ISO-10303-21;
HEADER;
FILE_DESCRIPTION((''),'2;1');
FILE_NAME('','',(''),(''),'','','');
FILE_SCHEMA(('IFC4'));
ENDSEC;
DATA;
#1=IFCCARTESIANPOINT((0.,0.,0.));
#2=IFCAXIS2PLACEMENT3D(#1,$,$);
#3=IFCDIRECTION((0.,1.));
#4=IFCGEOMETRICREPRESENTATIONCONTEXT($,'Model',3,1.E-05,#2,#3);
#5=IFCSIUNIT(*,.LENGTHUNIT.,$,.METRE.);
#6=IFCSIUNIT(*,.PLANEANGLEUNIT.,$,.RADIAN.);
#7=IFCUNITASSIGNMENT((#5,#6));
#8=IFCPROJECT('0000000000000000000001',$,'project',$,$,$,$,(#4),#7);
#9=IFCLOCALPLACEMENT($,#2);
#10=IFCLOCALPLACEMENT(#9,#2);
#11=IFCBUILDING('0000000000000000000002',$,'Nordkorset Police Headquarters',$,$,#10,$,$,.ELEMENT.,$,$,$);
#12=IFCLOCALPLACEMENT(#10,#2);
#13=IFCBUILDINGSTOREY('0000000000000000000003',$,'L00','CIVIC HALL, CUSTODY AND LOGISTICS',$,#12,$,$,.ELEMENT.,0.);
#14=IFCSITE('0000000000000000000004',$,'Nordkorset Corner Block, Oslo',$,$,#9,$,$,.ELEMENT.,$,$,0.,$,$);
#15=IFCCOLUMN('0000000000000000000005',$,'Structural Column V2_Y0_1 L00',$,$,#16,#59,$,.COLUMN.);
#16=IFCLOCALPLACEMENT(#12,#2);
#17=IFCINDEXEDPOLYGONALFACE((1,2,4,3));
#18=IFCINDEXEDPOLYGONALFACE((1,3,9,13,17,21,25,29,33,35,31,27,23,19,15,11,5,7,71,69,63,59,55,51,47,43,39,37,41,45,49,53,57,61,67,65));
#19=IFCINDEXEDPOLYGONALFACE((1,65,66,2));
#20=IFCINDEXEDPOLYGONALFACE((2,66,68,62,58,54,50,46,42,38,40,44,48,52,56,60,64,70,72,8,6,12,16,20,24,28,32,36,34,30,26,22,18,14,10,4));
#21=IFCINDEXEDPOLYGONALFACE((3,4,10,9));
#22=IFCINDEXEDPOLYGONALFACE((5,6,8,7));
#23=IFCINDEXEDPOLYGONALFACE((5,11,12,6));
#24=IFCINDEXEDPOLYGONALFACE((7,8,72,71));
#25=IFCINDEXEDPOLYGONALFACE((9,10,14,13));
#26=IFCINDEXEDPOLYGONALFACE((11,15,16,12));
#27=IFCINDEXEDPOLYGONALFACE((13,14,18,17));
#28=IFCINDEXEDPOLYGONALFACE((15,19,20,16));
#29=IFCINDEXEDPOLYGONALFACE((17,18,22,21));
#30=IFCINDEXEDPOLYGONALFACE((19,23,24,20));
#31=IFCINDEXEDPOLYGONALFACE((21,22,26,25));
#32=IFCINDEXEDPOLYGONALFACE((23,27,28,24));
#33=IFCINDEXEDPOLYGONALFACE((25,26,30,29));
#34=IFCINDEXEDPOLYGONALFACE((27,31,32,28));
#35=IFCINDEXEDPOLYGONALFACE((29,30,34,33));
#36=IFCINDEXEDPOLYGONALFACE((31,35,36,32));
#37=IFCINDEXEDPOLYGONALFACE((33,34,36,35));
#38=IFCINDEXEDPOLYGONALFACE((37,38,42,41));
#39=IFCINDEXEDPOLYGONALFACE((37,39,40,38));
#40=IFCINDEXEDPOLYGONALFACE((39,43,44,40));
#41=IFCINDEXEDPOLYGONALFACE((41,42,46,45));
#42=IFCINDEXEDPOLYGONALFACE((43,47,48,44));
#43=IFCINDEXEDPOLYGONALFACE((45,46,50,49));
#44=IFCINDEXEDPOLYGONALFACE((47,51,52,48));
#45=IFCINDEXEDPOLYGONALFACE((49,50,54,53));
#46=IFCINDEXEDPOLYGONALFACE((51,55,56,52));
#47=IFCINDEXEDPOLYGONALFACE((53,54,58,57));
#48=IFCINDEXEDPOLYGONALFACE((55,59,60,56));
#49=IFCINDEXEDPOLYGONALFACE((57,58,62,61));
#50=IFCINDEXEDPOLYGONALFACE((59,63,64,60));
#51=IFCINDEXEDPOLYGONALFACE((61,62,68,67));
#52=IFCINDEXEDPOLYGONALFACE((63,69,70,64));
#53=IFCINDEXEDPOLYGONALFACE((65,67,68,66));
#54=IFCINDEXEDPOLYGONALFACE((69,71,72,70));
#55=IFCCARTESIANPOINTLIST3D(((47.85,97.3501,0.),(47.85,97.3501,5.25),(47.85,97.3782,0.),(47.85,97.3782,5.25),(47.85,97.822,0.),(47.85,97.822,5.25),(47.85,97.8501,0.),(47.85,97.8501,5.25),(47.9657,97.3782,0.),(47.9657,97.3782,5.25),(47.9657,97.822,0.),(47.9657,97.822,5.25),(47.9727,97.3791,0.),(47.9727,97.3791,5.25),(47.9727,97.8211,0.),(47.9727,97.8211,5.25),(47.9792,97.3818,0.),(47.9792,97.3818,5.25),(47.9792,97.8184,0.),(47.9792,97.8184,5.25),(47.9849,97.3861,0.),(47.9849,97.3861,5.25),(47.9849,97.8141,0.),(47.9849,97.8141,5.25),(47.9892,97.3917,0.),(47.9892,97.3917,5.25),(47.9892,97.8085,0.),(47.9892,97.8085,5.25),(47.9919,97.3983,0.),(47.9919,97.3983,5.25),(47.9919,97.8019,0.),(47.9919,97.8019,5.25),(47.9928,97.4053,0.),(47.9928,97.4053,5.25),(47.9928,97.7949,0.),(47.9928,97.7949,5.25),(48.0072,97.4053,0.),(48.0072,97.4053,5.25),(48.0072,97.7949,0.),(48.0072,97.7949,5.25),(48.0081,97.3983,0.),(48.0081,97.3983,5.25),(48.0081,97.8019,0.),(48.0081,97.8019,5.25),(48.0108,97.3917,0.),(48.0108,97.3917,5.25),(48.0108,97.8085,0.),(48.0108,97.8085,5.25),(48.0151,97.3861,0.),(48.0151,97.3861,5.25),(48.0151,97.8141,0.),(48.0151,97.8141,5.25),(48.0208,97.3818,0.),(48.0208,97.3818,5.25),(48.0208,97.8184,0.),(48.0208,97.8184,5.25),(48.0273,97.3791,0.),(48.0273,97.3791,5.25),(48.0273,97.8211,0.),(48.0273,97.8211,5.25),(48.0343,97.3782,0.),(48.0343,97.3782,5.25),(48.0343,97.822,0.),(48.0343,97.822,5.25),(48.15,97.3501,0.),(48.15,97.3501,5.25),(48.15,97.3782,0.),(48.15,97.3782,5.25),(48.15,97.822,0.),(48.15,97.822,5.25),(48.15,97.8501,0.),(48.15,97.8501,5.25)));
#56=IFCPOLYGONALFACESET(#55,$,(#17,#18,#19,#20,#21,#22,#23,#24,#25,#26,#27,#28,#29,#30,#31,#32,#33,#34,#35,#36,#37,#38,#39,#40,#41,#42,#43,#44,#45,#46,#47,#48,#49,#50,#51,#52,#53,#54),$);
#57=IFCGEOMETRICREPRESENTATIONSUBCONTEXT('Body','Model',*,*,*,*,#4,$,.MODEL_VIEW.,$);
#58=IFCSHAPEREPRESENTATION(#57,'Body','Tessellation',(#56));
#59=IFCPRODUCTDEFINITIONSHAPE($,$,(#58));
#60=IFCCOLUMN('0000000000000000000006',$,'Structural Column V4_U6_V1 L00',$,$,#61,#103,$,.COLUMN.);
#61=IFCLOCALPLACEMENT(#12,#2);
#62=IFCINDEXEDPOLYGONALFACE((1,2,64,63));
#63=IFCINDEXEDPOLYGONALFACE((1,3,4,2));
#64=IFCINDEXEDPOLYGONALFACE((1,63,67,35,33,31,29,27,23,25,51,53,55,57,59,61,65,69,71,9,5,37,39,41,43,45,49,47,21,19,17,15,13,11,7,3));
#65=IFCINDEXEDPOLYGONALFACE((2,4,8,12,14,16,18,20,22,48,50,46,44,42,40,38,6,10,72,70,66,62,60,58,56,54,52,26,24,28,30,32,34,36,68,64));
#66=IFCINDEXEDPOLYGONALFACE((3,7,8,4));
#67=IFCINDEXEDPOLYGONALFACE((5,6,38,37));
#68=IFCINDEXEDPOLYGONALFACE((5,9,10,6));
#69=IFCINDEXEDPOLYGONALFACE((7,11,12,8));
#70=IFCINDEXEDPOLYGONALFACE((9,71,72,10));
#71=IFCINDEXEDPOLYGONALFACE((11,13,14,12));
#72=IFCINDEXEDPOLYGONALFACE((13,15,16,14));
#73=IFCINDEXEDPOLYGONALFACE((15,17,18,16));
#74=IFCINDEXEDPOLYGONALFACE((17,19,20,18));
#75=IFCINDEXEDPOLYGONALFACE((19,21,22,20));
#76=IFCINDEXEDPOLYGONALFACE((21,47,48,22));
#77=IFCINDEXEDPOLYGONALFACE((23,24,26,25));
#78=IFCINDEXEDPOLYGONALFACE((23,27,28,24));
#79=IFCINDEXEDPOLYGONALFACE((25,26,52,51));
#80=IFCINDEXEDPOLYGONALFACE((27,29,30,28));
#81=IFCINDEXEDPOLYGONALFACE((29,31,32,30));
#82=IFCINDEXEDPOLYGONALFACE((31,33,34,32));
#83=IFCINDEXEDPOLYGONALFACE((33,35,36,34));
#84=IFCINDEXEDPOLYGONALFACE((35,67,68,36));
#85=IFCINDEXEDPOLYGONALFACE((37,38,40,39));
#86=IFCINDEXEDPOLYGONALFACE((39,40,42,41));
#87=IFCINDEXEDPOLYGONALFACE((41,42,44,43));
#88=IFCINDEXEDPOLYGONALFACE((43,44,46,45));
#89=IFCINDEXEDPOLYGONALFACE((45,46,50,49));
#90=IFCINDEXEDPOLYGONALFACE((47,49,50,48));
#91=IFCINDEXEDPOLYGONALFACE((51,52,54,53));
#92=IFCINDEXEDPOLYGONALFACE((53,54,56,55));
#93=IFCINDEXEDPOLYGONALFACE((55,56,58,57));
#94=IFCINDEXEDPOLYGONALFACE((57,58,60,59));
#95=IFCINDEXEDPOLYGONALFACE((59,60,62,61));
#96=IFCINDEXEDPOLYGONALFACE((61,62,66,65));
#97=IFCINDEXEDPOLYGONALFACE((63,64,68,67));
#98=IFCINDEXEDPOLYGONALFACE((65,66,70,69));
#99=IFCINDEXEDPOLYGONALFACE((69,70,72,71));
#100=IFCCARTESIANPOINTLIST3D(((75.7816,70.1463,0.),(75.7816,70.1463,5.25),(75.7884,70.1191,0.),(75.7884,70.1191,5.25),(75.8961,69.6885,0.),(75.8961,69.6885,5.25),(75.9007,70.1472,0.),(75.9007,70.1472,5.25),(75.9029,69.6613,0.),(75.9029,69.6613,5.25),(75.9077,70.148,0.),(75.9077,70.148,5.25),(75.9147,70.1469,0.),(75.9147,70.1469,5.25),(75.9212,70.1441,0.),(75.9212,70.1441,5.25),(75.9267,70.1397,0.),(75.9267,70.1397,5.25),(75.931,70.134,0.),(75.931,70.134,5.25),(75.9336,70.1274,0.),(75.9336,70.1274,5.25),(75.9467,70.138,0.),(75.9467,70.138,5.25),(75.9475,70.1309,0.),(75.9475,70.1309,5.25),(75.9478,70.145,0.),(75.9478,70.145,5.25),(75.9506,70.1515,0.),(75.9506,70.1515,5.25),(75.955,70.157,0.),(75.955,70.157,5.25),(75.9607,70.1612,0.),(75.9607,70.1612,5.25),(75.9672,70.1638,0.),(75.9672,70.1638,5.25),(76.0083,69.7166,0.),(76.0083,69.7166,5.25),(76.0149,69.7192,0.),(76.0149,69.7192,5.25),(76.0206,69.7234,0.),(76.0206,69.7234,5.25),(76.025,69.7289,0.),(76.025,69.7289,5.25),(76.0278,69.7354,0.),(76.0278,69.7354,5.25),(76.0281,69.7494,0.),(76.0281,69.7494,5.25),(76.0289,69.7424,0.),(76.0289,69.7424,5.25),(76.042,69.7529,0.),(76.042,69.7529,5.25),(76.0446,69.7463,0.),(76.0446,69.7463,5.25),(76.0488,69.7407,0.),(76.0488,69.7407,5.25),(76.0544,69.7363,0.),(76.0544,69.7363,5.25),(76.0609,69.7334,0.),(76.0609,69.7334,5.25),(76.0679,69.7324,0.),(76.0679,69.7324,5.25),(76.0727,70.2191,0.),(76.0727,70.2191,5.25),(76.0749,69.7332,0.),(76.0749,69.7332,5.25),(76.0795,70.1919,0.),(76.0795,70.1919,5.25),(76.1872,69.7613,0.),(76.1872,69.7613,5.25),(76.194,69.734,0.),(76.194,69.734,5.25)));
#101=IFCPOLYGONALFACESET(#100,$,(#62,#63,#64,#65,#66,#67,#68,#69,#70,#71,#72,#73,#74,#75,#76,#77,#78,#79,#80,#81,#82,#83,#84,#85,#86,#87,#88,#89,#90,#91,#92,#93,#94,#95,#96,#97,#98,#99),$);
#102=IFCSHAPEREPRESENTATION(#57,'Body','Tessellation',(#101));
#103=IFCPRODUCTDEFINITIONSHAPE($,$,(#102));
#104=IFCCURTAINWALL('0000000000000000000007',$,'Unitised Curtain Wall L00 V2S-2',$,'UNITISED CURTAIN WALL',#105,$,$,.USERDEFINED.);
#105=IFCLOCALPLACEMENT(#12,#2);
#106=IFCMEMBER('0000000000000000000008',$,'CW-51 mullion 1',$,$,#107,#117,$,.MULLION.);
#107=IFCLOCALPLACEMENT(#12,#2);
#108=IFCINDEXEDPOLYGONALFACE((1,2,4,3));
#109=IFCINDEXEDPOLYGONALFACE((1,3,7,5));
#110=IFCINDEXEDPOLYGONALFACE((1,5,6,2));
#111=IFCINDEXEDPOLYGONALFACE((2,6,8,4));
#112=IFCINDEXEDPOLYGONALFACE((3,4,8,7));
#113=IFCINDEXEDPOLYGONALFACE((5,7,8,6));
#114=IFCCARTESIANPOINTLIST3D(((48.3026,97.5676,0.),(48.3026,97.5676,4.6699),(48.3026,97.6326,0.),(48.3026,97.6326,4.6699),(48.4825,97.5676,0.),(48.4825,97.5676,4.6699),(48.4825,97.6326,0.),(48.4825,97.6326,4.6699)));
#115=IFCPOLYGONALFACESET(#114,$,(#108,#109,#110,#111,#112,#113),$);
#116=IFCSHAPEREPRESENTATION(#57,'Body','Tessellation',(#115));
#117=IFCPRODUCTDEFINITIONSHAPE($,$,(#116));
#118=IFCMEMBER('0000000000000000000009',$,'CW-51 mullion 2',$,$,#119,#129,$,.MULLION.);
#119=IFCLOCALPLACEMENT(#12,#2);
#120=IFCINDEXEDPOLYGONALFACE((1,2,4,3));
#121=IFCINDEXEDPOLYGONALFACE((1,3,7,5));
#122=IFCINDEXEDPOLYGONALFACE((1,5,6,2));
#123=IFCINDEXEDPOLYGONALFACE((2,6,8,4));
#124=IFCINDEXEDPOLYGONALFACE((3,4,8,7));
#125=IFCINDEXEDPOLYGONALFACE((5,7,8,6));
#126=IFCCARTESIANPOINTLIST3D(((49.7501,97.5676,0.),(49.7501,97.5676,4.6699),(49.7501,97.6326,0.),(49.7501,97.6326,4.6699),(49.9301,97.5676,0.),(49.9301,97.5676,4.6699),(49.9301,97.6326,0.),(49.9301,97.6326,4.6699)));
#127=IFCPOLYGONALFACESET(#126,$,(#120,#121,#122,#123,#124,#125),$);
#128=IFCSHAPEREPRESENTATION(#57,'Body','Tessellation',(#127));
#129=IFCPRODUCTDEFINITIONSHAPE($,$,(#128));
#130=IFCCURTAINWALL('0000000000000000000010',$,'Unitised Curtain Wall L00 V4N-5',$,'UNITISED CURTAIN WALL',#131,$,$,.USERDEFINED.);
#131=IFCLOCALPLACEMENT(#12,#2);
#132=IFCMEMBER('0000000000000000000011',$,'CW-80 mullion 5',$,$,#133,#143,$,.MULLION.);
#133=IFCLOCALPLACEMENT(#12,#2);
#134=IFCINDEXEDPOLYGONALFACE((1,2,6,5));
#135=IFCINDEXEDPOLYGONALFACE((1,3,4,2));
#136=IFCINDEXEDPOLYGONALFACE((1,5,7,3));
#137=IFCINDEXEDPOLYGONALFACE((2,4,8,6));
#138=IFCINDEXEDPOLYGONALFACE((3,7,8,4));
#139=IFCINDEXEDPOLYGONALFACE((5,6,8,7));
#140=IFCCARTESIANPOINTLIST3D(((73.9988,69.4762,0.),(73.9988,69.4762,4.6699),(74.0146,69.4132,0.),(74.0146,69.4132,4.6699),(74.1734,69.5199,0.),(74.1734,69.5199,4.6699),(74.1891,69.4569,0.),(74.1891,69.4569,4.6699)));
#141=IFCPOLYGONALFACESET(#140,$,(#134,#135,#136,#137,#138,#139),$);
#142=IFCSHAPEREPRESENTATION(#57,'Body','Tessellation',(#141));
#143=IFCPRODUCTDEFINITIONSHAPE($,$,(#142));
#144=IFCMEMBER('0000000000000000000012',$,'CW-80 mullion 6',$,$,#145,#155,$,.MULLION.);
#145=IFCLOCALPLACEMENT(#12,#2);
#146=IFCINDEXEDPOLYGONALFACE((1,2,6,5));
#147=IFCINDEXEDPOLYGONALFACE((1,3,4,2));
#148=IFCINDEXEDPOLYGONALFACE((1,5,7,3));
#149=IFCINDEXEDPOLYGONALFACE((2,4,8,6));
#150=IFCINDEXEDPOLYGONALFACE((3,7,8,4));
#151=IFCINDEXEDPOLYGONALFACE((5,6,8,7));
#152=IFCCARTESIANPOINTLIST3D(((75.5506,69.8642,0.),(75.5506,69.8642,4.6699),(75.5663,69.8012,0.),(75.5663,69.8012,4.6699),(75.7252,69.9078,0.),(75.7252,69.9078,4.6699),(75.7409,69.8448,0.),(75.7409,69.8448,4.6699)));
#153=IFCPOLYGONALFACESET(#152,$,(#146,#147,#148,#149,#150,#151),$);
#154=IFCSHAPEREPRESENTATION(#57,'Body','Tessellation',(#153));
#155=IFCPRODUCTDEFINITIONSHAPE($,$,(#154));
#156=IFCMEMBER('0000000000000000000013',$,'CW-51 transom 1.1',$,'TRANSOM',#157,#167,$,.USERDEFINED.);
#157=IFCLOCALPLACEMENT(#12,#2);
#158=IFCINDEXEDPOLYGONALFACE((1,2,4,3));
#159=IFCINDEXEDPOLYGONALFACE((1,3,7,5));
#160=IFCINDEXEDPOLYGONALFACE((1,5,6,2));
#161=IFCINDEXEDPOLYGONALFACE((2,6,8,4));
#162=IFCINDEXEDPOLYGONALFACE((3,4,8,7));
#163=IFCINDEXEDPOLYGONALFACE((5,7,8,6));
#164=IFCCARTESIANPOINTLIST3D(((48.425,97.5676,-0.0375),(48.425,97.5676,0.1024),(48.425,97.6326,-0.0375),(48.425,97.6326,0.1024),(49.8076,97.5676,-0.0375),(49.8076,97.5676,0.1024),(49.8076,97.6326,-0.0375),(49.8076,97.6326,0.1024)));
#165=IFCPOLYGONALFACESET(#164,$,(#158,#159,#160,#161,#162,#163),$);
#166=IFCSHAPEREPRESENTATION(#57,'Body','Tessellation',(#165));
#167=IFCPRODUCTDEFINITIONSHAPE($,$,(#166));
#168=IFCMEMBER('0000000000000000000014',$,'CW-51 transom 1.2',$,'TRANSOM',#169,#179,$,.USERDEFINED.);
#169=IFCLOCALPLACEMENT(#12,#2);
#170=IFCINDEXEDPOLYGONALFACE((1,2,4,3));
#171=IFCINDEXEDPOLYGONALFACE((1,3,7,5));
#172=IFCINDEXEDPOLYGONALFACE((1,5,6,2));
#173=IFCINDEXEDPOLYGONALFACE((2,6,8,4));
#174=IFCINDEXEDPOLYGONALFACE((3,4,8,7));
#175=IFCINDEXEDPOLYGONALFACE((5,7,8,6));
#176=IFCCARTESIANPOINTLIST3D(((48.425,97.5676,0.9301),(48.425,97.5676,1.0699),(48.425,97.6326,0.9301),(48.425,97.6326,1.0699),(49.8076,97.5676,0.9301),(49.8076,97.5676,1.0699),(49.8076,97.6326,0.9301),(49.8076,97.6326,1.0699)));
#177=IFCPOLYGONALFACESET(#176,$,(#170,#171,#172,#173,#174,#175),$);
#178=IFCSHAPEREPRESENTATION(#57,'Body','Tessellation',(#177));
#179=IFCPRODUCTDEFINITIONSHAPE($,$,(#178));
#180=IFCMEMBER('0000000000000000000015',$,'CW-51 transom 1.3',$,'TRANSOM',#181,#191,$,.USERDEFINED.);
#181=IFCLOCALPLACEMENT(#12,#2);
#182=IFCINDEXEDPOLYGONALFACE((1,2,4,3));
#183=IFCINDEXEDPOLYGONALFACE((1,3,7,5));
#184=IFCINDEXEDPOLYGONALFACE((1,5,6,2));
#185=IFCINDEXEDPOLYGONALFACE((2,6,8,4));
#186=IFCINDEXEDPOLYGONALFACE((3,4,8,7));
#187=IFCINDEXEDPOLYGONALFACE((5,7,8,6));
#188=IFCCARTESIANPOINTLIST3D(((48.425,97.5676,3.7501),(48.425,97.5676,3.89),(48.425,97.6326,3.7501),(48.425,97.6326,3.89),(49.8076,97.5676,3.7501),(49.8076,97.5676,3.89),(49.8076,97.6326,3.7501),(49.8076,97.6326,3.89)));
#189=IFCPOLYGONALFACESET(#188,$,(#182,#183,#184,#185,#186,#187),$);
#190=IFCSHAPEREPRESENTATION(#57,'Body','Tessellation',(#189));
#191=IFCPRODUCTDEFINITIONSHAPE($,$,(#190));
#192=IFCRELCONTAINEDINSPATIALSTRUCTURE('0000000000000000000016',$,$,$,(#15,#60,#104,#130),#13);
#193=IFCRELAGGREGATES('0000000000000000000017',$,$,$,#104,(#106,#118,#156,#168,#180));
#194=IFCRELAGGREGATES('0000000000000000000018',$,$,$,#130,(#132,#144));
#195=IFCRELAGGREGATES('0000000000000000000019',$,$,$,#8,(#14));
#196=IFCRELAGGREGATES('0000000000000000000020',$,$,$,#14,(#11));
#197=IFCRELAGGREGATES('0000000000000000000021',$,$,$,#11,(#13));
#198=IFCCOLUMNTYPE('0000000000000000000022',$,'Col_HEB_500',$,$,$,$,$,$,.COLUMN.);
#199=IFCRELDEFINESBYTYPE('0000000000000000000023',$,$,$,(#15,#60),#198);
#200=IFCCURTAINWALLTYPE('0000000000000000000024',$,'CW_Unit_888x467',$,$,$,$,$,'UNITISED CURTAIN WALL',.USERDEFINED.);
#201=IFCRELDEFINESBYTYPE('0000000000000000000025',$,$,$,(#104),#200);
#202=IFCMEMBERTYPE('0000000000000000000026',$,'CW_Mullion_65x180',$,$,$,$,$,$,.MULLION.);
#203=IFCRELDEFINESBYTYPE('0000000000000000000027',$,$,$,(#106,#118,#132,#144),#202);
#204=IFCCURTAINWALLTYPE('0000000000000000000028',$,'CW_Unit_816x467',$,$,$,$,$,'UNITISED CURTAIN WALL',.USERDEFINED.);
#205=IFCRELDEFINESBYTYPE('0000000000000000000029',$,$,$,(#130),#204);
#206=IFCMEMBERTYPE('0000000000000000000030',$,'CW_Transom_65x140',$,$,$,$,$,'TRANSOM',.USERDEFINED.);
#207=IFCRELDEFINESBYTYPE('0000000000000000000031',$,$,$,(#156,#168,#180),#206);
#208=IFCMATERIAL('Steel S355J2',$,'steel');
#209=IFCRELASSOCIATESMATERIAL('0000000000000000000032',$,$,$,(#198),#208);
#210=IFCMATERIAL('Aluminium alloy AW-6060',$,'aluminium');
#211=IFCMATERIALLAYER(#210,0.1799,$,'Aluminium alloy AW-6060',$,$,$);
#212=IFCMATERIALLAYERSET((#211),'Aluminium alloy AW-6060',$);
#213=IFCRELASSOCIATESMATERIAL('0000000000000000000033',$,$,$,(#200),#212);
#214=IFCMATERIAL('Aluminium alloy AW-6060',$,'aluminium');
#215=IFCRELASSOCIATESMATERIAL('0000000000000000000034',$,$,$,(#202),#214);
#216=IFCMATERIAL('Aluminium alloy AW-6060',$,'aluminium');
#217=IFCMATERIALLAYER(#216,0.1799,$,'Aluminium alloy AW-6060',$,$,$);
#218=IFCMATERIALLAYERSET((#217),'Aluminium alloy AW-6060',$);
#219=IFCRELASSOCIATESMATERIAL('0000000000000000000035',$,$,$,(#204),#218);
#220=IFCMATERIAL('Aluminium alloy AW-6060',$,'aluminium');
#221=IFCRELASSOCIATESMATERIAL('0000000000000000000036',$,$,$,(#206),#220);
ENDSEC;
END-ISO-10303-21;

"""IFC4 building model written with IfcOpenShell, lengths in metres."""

from ifc_helpers import new_model, si_unit, direction, frame, origin, origin_2d, place, context, subcontext, project, spatial, rectangle, i_section, extrude, material, layer, layer_set, material_profile, profile_set, type_object, element, aggregate, save


model = new_model("IFC4")

# Units and contexts
model_context = context("Model", 3, precision=1e-05, world=origin(), true_north=direction((0.0, 1.0)))
body_context = subcontext(model_context, "Body", "Model", "MODEL_VIEW")
ifc_project = project(units=[si_unit("LENGTHUNIT", "METRE"), si_unit("PLANEANGLEUNIT", "RADIAN")], contexts=[model_context])

# Site, building, storey
site_placement = place(None, origin())
site = spatial("IfcSite", under=ifc_project, at=site_placement, Name="Nordkorset Corner Block, Oslo", CompositionType="ELEMENT", RefElevation=0.0)
building_placement = place(site_placement, origin())
building = spatial("IfcBuilding", under=site, at=building_placement, Name="Nordkorset Police Headquarters", CompositionType="ELEMENT")
storey_placement = place(building_placement, origin())
storey = spatial("IfcBuildingStorey", under=building, at=storey_placement, Name="L00", Description="CIVIC HALL, CUSTODY AND LOGISTICS", CompositionType="ELEMENT", Elevation=0.0)

# Columns
ifc_material_1 = material(Name="Steel S355J2", Category="steel")
ifc_material_profile_1 = material_profile(ifc_material_1, i_section(OverallWidth=0.3, OverallDepth=0.5, WebThickness=0.0144, FlangeThickness=0.0281, FilletRadius=0.0271, at=origin_2d()), Name="HEB 500")
ifc_profile_set_1 = profile_set([ifc_material_profile_1], Name="Steel S355J2")
column_type = type_object("IfcColumnType", Name="Col_HEB_500", PredefinedType="COLUMN", material=ifc_profile_set_1)
for number, where, z_axis, x_axis, name in (
    (1, (48.0, 97.6001, 0.0), (0.0, 0.0, 1.0), (1.0, 0.0, 0.0), "Structural Column V2_Y0_1 L00"),
    (2, (75.9878, 69.9402, 0.0), (0.0, 0.0, 1.0), (0.970143, 0.242536, 0.0), "Structural Column V4_U6_V1 L00"),
):
    element("IfcColumn", number, at=place(storey_placement, frame(where, z_axis=z_axis, x_axis=x_axis)), inside=storey, type_object=column_type, Name=name, PredefinedType="COLUMN", context=body_context, shape_type="SweptSolid", body=[
        extrude(i_section(OverallWidth=0.3, OverallDepth=0.5, WebThickness=0.0144, FlangeThickness=0.0281, FilletRadius=0.0271, at=origin_2d()), origin(), (0.0, 0.0, 1.0), 5.25),
    ])

# Curtain walls, members
ifc_material_2 = material(Name="Aluminium alloy AW-6060", Category="aluminium")
ifc_layer_1 = layer(ifc_material_2, 0.1799, Name="Aluminium alloy AW-6060")
ifc_layer_set_1 = layer_set([ifc_layer_1], Name="Aluminium alloy AW-6060")
curtain_wall_type_1 = type_object("IfcCurtainWallType", Name="CW_Unit_888x467", ElementType="UNITISED CURTAIN WALL", PredefinedType="USERDEFINED", material=ifc_layer_set_1)
curtain_wall_1_placement = place(storey_placement, origin())
curtain_wall_1 = element("IfcCurtainWall", 3, at=curtain_wall_1_placement, inside=storey, type_object=curtain_wall_type_1, Name="Unitised Curtain Wall L00 V2S-2", ObjectType="UNITISED CURTAIN WALL", PredefinedType="USERDEFINED")
ifc_material_3 = material(Name="Aluminium alloy AW-6060", Category="aluminium")
ifc_material_profile_2 = material_profile(ifc_material_3, rectangle(XDim=0.0649, YDim=0.1799, at=origin_2d()), Name="ALU MULL 65x180")
ifc_profile_set_2 = profile_set([ifc_material_profile_2], Name="Aluminium alloy AW-6060")
member_type_1 = type_object("IfcMemberType", Name="CW_Mullion_65x180", PredefinedType="MULLION", material=ifc_profile_set_2)
member_1_placement = place(storey_placement, frame((48.3926, 97.6001, 0.0), z_axis=(0.0, 0.0, 1.0), x_axis=(0.0, 1.0, 0.0)))
member_1 = element("IfcMember", 4, at=member_1_placement, type_object=member_type_1, Name="CW-51 mullion 1", PredefinedType="MULLION", context=body_context, shape_type="SweptSolid", body=[
    extrude(rectangle(XDim=0.0649, YDim=0.1799, at=origin_2d()), origin(), (0.0, 0.0, 1.0), 4.6699),
])
member_2_placement = place(storey_placement, frame((49.8401, 97.6001, 0.0), z_axis=(0.0, 0.0, 1.0), x_axis=(0.0, 1.0, 0.0)))
member_2 = element("IfcMember", 5, at=member_2_placement, type_object=member_type_1, Name="CW-51 mullion 2", PredefinedType="MULLION", context=body_context, shape_type="SweptSolid", body=[
    extrude(rectangle(XDim=0.0649, YDim=0.1799, at=origin_2d()), origin(), (0.0, 0.0, 1.0), 4.6699),
])
ifc_material_4 = material(Name="Aluminium alloy AW-6060", Category="aluminium")
ifc_layer_2 = layer(ifc_material_4, 0.1799, Name="Aluminium alloy AW-6060")
ifc_layer_set_2 = layer_set([ifc_layer_2], Name="Aluminium alloy AW-6060")
curtain_wall_type_2 = type_object("IfcCurtainWallType", Name="CW_Unit_816x467", ElementType="UNITISED CURTAIN WALL", PredefinedType="USERDEFINED", material=ifc_layer_set_2)
curtain_wall_2_placement = place(storey_placement, origin())
curtain_wall_2 = element("IfcCurtainWall", 6, at=curtain_wall_2_placement, inside=storey, type_object=curtain_wall_type_2, Name="Unitised Curtain Wall L00 V4N-5", ObjectType="UNITISED CURTAIN WALL", PredefinedType="USERDEFINED")
member_3_placement = place(storey_placement, frame((74.094, 69.4666, 0.0), z_axis=(0.0, 0.0, 1.0), x_axis=(-0.242536, 0.970143, 0.0)))
member_3 = element("IfcMember", 7, at=member_3_placement, type_object=member_type_1, Name="CW-80 mullion 5", PredefinedType="MULLION", context=body_context, shape_type="SweptSolid", body=[
    extrude(rectangle(XDim=0.0649, YDim=0.1799, at=origin_2d()), origin(), (0.0, 0.0, 1.0), 4.6699),
])
member_4_placement = place(storey_placement, frame((75.6458, 69.8545, 0.0), z_axis=(0.0, 0.0, 1.0), x_axis=(-0.242536, 0.970143, 0.0)))
member_4 = element("IfcMember", 8, at=member_4_placement, type_object=member_type_1, Name="CW-80 mullion 6", PredefinedType="MULLION", context=body_context, shape_type="SweptSolid", body=[
    extrude(rectangle(XDim=0.0649, YDim=0.1799, at=origin_2d()), origin(), (0.0, 0.0, 1.0), 4.6699),
])

# Members
ifc_material_5 = material(Name="Aluminium alloy AW-6060", Category="aluminium")
ifc_material_profile_3 = material_profile(ifc_material_5, rectangle(XDim=0.0649, YDim=0.1399, at=origin_2d()), Name="ALU TRAN 65x140")
ifc_profile_set_3 = profile_set([ifc_material_profile_3], Name="Aluminium alloy AW-6060")
member_type_2 = type_object("IfcMemberType", Name="CW_Transom_65x140", ElementType="TRANSOM", PredefinedType="USERDEFINED", material=ifc_profile_set_3)
member_5_placement = place(storey_placement, frame((48.425, 97.6001, 0.0325), z_axis=(1.0, 0.0, 0.0), x_axis=(0.0, 1.0, 0.0)))
member_5 = element("IfcMember", 9, at=member_5_placement, type_object=member_type_2, Name="CW-51 transom 1.1", ObjectType="TRANSOM", PredefinedType="USERDEFINED", context=body_context, shape_type="SweptSolid", body=[
    extrude(rectangle(XDim=0.0649, YDim=0.1399, at=origin_2d()), origin(), (0.0, 0.0, 1.0), 1.3826),
])
member_6_placement = place(storey_placement, frame((48.425, 97.6001, 1.0), z_axis=(1.0, 0.0, 0.0), x_axis=(0.0, 1.0, 0.0)))
member_6 = element("IfcMember", 10, at=member_6_placement, type_object=member_type_2, Name="CW-51 transom 1.2", ObjectType="TRANSOM", PredefinedType="USERDEFINED", context=body_context, shape_type="SweptSolid", body=[
    extrude(rectangle(XDim=0.0649, YDim=0.1399, at=origin_2d()), origin(), (0.0, 0.0, 1.0), 1.3826),
])
member_7_placement = place(storey_placement, frame((48.425, 97.6001, 3.8201), z_axis=(1.0, 0.0, 0.0), x_axis=(0.0, 1.0, 0.0)))
member_7 = element("IfcMember", 11, at=member_7_placement, type_object=member_type_2, Name="CW-51 transom 1.3", ObjectType="TRANSOM", PredefinedType="USERDEFINED", context=body_context, shape_type="SweptSolid", body=[
    extrude(rectangle(XDim=0.0649, YDim=0.1399, at=origin_2d()), origin(), (0.0, 0.0, 1.0), 1.3826),
])

aggregate(curtain_wall_1, [member_1, member_2, member_5, member_6, member_7])
aggregate(curtain_wall_2, [member_3, member_4])

save(model, "model.ifc")
